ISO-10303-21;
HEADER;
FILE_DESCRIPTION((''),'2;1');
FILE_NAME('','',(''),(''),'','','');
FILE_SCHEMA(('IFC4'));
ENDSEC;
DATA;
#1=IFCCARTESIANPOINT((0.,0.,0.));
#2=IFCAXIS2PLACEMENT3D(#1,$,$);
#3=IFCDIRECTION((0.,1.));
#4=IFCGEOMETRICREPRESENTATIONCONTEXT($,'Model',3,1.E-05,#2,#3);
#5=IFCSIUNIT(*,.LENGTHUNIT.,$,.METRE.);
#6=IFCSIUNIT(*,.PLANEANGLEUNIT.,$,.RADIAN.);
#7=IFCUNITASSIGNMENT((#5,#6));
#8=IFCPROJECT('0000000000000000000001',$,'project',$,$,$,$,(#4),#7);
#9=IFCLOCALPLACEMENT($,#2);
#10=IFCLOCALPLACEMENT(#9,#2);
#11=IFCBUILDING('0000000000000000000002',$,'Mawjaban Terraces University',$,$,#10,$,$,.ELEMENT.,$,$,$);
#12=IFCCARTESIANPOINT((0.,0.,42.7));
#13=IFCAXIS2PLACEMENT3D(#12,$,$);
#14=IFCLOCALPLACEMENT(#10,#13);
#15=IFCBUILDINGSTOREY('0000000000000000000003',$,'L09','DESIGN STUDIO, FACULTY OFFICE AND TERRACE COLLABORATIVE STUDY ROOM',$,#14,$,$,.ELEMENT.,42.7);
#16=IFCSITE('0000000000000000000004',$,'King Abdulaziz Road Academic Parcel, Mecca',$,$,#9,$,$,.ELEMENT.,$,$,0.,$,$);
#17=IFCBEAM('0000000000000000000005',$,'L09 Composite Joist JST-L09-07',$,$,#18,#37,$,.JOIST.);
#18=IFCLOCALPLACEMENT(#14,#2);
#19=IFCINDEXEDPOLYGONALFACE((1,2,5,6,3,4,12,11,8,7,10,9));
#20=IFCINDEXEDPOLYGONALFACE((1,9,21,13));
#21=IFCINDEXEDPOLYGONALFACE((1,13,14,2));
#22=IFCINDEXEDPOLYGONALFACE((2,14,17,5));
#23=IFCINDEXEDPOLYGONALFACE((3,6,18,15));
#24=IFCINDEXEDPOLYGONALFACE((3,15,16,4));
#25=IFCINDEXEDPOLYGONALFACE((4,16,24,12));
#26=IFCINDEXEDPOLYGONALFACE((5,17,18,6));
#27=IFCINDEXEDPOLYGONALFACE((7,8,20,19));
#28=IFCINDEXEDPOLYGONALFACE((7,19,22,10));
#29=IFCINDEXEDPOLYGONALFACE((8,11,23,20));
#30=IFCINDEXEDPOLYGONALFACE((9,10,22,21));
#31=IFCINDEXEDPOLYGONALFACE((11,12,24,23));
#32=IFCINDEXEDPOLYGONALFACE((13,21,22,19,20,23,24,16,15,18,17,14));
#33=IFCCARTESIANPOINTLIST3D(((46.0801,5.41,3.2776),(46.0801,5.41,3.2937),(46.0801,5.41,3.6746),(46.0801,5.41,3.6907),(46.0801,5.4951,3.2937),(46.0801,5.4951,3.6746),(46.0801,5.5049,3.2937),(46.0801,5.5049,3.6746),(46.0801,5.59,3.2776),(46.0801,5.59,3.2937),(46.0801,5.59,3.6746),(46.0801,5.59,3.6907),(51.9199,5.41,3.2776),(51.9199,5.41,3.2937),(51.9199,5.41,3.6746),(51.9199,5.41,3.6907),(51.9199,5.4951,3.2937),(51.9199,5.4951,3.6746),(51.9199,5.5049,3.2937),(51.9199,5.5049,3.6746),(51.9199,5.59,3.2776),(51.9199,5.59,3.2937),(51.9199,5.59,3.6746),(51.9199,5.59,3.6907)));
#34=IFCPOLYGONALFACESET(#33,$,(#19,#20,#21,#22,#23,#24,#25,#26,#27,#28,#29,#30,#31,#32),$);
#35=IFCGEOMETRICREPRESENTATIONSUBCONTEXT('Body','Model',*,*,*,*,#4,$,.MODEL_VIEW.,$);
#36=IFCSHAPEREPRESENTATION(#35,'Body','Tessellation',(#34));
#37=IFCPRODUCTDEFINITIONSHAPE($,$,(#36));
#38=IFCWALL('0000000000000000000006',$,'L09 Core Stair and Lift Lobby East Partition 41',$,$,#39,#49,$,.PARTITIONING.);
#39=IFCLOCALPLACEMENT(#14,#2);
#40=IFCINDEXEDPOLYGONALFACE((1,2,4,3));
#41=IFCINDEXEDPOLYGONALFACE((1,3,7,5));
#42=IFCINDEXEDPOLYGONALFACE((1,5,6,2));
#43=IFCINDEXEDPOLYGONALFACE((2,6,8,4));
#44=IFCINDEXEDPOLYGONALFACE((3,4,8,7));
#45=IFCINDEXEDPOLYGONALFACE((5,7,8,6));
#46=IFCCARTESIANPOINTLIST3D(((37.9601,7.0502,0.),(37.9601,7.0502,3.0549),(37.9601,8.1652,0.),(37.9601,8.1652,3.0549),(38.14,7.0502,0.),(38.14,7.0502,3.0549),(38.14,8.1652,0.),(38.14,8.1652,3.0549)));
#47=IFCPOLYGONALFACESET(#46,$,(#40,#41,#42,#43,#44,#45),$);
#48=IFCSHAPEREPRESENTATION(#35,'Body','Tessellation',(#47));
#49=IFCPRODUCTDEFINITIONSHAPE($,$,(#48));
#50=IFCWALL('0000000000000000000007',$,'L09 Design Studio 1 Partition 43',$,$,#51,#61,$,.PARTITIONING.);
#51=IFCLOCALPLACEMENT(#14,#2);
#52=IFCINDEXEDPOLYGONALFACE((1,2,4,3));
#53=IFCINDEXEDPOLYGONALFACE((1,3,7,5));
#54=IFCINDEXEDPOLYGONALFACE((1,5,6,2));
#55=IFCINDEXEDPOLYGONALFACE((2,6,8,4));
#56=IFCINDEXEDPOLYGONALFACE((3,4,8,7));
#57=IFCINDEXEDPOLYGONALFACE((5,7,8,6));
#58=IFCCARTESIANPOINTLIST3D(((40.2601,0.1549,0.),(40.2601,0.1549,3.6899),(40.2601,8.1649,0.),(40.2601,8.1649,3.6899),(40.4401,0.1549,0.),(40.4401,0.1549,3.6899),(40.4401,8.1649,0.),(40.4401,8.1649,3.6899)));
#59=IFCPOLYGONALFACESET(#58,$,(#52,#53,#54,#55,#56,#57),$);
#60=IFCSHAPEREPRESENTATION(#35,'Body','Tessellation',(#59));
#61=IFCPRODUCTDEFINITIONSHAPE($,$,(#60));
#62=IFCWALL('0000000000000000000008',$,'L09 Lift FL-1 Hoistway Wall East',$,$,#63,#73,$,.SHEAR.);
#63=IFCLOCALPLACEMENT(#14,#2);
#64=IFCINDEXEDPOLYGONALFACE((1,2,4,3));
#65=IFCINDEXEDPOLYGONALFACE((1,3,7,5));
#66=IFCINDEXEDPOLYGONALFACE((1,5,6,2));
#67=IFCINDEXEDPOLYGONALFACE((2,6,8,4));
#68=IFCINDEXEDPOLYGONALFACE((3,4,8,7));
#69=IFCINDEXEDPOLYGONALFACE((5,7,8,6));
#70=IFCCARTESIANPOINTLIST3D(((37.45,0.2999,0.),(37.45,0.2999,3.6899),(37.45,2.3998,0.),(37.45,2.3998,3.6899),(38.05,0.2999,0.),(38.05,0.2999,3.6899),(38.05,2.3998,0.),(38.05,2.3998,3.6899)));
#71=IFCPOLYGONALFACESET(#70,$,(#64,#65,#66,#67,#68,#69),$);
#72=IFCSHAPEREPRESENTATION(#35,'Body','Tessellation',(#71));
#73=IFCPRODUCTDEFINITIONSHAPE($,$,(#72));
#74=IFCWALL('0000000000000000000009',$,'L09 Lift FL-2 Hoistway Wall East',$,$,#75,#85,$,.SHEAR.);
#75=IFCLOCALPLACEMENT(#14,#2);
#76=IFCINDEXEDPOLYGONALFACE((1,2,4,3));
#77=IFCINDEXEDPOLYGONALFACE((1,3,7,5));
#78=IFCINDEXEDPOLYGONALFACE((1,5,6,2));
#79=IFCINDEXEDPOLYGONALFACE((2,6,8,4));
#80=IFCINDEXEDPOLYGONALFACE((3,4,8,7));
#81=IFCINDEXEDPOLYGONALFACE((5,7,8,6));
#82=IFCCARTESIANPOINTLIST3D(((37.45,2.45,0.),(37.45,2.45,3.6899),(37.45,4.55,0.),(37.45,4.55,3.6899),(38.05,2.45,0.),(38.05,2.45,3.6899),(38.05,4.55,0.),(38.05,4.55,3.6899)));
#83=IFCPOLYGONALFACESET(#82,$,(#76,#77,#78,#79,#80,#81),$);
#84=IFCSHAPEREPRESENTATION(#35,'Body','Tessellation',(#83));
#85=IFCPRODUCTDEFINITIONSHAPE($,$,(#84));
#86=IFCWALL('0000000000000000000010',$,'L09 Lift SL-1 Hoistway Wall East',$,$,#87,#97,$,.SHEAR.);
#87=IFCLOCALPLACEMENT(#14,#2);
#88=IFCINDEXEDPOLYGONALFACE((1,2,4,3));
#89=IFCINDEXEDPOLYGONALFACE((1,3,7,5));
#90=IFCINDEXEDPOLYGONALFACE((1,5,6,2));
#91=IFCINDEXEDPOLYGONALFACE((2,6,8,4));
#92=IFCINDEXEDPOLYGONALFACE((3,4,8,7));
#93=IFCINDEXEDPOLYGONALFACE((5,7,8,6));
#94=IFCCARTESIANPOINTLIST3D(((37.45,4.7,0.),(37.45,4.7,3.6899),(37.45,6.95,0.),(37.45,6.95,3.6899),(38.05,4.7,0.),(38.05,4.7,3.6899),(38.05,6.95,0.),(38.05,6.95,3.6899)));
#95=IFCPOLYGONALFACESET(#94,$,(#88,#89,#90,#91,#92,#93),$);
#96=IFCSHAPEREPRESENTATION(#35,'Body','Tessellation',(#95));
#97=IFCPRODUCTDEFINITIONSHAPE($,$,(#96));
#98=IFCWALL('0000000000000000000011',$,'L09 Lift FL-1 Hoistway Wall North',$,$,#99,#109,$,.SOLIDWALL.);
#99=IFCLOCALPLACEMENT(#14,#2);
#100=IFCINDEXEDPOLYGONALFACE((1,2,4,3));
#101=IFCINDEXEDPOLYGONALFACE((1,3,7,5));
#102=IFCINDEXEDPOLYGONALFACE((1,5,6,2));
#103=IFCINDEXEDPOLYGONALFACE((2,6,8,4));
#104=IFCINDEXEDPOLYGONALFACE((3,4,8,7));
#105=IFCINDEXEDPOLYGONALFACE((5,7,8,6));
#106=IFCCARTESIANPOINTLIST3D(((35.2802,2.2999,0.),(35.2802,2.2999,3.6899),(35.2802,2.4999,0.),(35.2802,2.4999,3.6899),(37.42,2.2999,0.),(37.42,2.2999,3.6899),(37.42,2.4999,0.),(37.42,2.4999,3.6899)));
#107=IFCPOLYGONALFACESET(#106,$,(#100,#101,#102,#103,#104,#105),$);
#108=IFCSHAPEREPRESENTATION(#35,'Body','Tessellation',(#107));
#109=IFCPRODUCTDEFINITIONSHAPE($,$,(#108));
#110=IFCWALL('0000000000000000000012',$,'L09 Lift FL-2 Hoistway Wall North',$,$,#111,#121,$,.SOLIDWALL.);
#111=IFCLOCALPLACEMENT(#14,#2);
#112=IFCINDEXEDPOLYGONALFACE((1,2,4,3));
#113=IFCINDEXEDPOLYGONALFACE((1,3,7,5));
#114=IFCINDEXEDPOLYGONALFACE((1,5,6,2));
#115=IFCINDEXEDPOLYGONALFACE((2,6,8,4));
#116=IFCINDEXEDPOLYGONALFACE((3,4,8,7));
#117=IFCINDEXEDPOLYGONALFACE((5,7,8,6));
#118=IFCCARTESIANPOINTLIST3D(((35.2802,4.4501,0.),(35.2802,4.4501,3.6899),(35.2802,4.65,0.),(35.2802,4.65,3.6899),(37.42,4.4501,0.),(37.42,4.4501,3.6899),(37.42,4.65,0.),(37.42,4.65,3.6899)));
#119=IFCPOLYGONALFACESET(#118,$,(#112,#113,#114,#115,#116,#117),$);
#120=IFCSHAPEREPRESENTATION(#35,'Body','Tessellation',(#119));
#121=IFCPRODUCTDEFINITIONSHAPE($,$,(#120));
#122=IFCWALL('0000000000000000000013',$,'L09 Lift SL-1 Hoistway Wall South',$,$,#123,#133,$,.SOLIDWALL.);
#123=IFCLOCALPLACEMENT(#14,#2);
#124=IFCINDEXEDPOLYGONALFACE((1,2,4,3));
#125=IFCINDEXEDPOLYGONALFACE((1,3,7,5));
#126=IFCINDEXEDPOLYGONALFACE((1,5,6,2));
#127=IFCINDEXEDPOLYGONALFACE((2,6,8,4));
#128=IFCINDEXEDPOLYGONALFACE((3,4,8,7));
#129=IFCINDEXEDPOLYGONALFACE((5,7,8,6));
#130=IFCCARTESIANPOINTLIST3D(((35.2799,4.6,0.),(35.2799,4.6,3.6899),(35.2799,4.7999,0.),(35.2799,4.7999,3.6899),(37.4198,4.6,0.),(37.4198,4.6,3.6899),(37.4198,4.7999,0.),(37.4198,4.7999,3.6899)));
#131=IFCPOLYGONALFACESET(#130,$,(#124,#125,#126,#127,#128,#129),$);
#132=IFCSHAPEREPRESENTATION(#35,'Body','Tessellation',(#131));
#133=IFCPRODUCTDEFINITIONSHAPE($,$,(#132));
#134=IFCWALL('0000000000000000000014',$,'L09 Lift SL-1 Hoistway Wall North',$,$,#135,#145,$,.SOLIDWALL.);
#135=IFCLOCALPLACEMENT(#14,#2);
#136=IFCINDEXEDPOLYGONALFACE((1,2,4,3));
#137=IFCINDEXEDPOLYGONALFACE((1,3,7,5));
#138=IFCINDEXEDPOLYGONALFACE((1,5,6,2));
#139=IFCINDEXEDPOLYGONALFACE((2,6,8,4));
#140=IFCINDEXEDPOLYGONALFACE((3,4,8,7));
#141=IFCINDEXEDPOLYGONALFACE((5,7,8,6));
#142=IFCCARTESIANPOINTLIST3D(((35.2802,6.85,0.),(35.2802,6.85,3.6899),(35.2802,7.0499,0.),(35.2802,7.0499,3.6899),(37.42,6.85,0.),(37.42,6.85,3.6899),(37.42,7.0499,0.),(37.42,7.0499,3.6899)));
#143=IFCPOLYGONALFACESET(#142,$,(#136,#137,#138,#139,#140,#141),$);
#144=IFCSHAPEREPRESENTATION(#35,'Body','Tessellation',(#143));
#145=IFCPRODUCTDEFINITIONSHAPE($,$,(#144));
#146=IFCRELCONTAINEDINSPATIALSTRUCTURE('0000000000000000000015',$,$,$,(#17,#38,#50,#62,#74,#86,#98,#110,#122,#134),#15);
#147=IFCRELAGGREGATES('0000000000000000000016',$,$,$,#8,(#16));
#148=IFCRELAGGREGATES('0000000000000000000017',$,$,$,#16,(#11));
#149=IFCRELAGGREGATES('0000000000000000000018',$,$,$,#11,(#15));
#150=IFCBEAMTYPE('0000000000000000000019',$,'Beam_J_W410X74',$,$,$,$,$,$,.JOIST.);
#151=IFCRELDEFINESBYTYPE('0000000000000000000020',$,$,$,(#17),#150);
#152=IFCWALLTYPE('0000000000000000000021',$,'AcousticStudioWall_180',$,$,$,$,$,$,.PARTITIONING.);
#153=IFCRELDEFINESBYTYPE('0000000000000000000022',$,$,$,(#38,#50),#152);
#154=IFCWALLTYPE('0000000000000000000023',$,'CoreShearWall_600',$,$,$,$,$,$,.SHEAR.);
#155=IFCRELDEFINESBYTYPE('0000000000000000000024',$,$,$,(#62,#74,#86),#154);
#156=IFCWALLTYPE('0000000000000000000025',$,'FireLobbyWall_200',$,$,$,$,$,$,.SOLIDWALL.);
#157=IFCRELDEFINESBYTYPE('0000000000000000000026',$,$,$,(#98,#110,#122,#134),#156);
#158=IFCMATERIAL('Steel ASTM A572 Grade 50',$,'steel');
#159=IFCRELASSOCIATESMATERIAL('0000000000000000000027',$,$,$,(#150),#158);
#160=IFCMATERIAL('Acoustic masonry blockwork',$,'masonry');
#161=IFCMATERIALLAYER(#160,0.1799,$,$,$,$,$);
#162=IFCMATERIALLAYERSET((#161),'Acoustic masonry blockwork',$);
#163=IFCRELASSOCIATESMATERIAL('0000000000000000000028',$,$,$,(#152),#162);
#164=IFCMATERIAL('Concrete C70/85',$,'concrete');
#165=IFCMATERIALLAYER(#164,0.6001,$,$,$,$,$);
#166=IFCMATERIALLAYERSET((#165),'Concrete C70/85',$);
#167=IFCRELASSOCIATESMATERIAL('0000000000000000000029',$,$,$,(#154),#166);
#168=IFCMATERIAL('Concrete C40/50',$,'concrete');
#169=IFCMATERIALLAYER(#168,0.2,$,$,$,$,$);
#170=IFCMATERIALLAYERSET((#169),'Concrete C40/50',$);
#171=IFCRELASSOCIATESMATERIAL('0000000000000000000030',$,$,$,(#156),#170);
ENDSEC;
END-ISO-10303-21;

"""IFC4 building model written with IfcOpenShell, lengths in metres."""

from ifc_helpers import new_model, si_unit, direction, frame, frame_2d, origin, origin_2d, place, context, subcontext, project, spatial, rectangle, i_section, extrude, material, layer, layer_set, material_profile, profile_set, type_object, element, save


model = new_model("IFC4")

# Units and contexts
model_context = context("Model", 3, precision=1e-05, world=origin(), true_north=direction((0.0, 1.0)))
body_context = subcontext(model_context, "Body", "Model", "MODEL_VIEW")
ifc_project = project(units=[si_unit("LENGTHUNIT", "METRE"), si_unit("PLANEANGLEUNIT", "RADIAN")], contexts=[model_context])

# Site, building, storey
site_placement = place(None, origin())
site = spatial("IfcSite", under=ifc_project, at=site_placement, Name="King Abdulaziz Road Academic Parcel, Mecca", CompositionType="ELEMENT", RefElevation=0.0)
building_placement = place(site_placement, origin())
building = spatial("IfcBuilding", under=site, at=building_placement, Name="Mawjaban Terraces University", CompositionType="ELEMENT")
storey_placement = place(building_placement, frame((0.0, 0.0, 42.7)))
storey = spatial("IfcBuildingStorey", under=building, at=storey_placement, Name="L09", Description="DESIGN STUDIO, FACULTY OFFICE AND TERRACE COLLABORATIVE STUDY ROOM", CompositionType="ELEMENT", Elevation=42.7)

# Shared definitions
ifc_material_1 = material(Name="Concrete C70/85", Category="concrete")

# Beam
ifc_material_2 = material(Name="Steel ASTM A572 Grade 50", Category="steel")
ifc_material_profile_1 = material_profile(ifc_material_2, i_section(OverallWidth=0.1799, OverallDepth=0.4131, WebThickness=0.0098, FlangeThickness=0.0161, at=origin_2d()), Name="W410X74")
ifc_profile_set_1 = profile_set([ifc_material_profile_1], Name="Steel ASTM A572 Grade 50")
beam_type_1 = type_object("IfcBeamType", Name="Beam_J_W410X74", PredefinedType="JOIST", material=ifc_profile_set_1)
beam_1_placement = place(storey_placement, frame((46.0801, 5.5, 3.4841), z_axis=(1.0, 0.0, 0.0), x_axis=(0.0, 1.0, 0.0)))
element("IfcBeam", 1, at=beam_1_placement, inside=storey, type_object=beam_type_1, Name="L09 Composite Joist JST-L09-07", PredefinedType="JOIST", context=body_context, shape_type="SweptSolid", body=[
    extrude(i_section(OverallWidth=0.1799, OverallDepth=0.4131, WebThickness=0.0098, FlangeThickness=0.0161, at=origin_2d()), origin(), (0.0, 0.0, 1.0), 5.8398),
])

# Walls
ifc_material_3 = material(Name="Acoustic masonry blockwork", Category="masonry")
ifc_layer_1 = layer(ifc_material_3, 0.1799)
ifc_layer_set_1 = layer_set([ifc_layer_1], Name="Acoustic masonry blockwork")
wall_type_1 = type_object("IfcWallType", Name="AcousticStudioWall_180", PredefinedType="PARTITIONING", material=ifc_layer_set_1)
wall_1_placement = place(storey_placement, frame((38.05, 7.05, 0.0), z_axis=(0.0, 0.0, 1.0), x_axis=(0.0, 1.0, 0.0)))
element("IfcWall", 2, at=wall_1_placement, inside=storey, type_object=wall_type_1, Name="L09 Core Stair and Lift Lobby East Partition 41", PredefinedType="PARTITIONING", context=body_context, shape_type="SweptSolid", body=[
    extrude(rectangle(XDim=1.115, YDim=0.1799, at=frame_2d((0.5576, 0.0))), origin(), (0.0, 0.0, 1.0), 3.0549),
])
wall_2_placement = place(storey_placement, frame((40.3501, 0.155, 0.0), z_axis=(0.0, 0.0, 1.0), x_axis=(0.0, 1.0, 0.0)))
element("IfcWall", 3, at=wall_2_placement, inside=storey, type_object=wall_type_1, Name="L09 Design Studio 1 Partition 43", PredefinedType="PARTITIONING", context=body_context, shape_type="SweptSolid", body=[
    extrude(rectangle(XDim=8.01, YDim=0.1799, at=frame_2d((4.0049, 0.0))), origin(), (0.0, 0.0, 1.0), 3.6899),
])
ifc_layer_2 = layer(ifc_material_1, 0.6001)
ifc_layer_set_2 = layer_set([ifc_layer_2], Name="Concrete C70/85")
wall_type_2 = type_object("IfcWallType", Name="CoreShearWall_600", PredefinedType="SHEAR", material=ifc_layer_set_2)
wall_3_placement = place(storey_placement, frame((37.75, 0.3, 0.0), z_axis=(0.0, 0.0, 1.0), x_axis=(0.0, 1.0, 0.0)))
element("IfcWall", 4, at=wall_3_placement, inside=storey, type_object=wall_type_2, Name="L09 Lift FL-1 Hoistway Wall East", PredefinedType="SHEAR", context=body_context, shape_type="SweptSolid", body=[
    extrude(rectangle(XDim=2.0999, YDim=0.6001, at=frame_2d((1.0498, 0.0))), origin(), (0.0, 0.0, 1.0), 3.6899),
])
wall_4_placement = place(storey_placement, frame((37.75, 2.45, 0.0), z_axis=(0.0, 0.0, 1.0), x_axis=(0.0, 1.0, 0.0)))
element("IfcWall", 5, at=wall_4_placement, inside=storey, type_object=wall_type_2, Name="L09 Lift FL-2 Hoistway Wall East", PredefinedType="SHEAR", context=body_context, shape_type="SweptSolid", body=[
    extrude(rectangle(XDim=2.1001, YDim=0.6001, at=frame_2d((1.05, 0.0))), origin(), (0.0, 0.0, 1.0), 3.6899),
])
wall_5_placement = place(storey_placement, frame((37.75, 4.7, 0.0), z_axis=(0.0, 0.0, 1.0), x_axis=(0.0, 1.0, 0.0)))
element("IfcWall", 6, at=wall_5_placement, inside=storey, type_object=wall_type_2, Name="L09 Lift SL-1 Hoistway Wall East", PredefinedType="SHEAR", context=body_context, shape_type="SweptSolid", body=[
    extrude(rectangle(XDim=2.25, YDim=0.6001, at=frame_2d((1.125, 0.0))), origin(), (0.0, 0.0, 1.0), 3.6899),
])
ifc_material_4 = material(Name="Concrete C40/50", Category="concrete")
ifc_layer_3 = layer(ifc_material_4, 0.2)
ifc_layer_set_3 = layer_set([ifc_layer_3], Name="Concrete C40/50")
wall_type_3 = type_object("IfcWallType", Name="FireLobbyWall_200", PredefinedType="SOLIDWALL", material=ifc_layer_set_3)
for number, where, z_axis, x_axis, name in (
    (7, (37.4199, 2.3999, 0.0), (0.0, 0.0, 1.0), (-1.0, 0.0, 0.0), "L09 Lift FL-1 Hoistway Wall North"),
    (8, (37.4199, 4.55, 0.0), (0.0, 0.0, 1.0), (-1.0, 0.0, 0.0), "L09 Lift FL-2 Hoistway Wall North"),
    (9, (35.28, 4.7, 0.0), (0.0, 0.0, 1.0), (1.0, 0.0, 0.0), "L09 Lift SL-1 Hoistway Wall South"),
    (10, (37.4199, 6.95, 0.0), (0.0, 0.0, 1.0), (-1.0, 0.0, 0.0), "L09 Lift SL-1 Hoistway Wall North"),
):
    element("IfcWall", number, at=place(storey_placement, frame(where, z_axis=z_axis, x_axis=x_axis)), inside=storey, type_object=wall_type_3, Name=name, PredefinedType="SOLIDWALL", context=body_context, shape_type="SweptSolid", body=[
        extrude(rectangle(XDim=2.1399, YDim=0.2, at=frame_2d((1.0698, 0.0))), origin(), (0.0, 0.0, 1.0), 3.6899),
    ])

save(model, "model.ifc")
